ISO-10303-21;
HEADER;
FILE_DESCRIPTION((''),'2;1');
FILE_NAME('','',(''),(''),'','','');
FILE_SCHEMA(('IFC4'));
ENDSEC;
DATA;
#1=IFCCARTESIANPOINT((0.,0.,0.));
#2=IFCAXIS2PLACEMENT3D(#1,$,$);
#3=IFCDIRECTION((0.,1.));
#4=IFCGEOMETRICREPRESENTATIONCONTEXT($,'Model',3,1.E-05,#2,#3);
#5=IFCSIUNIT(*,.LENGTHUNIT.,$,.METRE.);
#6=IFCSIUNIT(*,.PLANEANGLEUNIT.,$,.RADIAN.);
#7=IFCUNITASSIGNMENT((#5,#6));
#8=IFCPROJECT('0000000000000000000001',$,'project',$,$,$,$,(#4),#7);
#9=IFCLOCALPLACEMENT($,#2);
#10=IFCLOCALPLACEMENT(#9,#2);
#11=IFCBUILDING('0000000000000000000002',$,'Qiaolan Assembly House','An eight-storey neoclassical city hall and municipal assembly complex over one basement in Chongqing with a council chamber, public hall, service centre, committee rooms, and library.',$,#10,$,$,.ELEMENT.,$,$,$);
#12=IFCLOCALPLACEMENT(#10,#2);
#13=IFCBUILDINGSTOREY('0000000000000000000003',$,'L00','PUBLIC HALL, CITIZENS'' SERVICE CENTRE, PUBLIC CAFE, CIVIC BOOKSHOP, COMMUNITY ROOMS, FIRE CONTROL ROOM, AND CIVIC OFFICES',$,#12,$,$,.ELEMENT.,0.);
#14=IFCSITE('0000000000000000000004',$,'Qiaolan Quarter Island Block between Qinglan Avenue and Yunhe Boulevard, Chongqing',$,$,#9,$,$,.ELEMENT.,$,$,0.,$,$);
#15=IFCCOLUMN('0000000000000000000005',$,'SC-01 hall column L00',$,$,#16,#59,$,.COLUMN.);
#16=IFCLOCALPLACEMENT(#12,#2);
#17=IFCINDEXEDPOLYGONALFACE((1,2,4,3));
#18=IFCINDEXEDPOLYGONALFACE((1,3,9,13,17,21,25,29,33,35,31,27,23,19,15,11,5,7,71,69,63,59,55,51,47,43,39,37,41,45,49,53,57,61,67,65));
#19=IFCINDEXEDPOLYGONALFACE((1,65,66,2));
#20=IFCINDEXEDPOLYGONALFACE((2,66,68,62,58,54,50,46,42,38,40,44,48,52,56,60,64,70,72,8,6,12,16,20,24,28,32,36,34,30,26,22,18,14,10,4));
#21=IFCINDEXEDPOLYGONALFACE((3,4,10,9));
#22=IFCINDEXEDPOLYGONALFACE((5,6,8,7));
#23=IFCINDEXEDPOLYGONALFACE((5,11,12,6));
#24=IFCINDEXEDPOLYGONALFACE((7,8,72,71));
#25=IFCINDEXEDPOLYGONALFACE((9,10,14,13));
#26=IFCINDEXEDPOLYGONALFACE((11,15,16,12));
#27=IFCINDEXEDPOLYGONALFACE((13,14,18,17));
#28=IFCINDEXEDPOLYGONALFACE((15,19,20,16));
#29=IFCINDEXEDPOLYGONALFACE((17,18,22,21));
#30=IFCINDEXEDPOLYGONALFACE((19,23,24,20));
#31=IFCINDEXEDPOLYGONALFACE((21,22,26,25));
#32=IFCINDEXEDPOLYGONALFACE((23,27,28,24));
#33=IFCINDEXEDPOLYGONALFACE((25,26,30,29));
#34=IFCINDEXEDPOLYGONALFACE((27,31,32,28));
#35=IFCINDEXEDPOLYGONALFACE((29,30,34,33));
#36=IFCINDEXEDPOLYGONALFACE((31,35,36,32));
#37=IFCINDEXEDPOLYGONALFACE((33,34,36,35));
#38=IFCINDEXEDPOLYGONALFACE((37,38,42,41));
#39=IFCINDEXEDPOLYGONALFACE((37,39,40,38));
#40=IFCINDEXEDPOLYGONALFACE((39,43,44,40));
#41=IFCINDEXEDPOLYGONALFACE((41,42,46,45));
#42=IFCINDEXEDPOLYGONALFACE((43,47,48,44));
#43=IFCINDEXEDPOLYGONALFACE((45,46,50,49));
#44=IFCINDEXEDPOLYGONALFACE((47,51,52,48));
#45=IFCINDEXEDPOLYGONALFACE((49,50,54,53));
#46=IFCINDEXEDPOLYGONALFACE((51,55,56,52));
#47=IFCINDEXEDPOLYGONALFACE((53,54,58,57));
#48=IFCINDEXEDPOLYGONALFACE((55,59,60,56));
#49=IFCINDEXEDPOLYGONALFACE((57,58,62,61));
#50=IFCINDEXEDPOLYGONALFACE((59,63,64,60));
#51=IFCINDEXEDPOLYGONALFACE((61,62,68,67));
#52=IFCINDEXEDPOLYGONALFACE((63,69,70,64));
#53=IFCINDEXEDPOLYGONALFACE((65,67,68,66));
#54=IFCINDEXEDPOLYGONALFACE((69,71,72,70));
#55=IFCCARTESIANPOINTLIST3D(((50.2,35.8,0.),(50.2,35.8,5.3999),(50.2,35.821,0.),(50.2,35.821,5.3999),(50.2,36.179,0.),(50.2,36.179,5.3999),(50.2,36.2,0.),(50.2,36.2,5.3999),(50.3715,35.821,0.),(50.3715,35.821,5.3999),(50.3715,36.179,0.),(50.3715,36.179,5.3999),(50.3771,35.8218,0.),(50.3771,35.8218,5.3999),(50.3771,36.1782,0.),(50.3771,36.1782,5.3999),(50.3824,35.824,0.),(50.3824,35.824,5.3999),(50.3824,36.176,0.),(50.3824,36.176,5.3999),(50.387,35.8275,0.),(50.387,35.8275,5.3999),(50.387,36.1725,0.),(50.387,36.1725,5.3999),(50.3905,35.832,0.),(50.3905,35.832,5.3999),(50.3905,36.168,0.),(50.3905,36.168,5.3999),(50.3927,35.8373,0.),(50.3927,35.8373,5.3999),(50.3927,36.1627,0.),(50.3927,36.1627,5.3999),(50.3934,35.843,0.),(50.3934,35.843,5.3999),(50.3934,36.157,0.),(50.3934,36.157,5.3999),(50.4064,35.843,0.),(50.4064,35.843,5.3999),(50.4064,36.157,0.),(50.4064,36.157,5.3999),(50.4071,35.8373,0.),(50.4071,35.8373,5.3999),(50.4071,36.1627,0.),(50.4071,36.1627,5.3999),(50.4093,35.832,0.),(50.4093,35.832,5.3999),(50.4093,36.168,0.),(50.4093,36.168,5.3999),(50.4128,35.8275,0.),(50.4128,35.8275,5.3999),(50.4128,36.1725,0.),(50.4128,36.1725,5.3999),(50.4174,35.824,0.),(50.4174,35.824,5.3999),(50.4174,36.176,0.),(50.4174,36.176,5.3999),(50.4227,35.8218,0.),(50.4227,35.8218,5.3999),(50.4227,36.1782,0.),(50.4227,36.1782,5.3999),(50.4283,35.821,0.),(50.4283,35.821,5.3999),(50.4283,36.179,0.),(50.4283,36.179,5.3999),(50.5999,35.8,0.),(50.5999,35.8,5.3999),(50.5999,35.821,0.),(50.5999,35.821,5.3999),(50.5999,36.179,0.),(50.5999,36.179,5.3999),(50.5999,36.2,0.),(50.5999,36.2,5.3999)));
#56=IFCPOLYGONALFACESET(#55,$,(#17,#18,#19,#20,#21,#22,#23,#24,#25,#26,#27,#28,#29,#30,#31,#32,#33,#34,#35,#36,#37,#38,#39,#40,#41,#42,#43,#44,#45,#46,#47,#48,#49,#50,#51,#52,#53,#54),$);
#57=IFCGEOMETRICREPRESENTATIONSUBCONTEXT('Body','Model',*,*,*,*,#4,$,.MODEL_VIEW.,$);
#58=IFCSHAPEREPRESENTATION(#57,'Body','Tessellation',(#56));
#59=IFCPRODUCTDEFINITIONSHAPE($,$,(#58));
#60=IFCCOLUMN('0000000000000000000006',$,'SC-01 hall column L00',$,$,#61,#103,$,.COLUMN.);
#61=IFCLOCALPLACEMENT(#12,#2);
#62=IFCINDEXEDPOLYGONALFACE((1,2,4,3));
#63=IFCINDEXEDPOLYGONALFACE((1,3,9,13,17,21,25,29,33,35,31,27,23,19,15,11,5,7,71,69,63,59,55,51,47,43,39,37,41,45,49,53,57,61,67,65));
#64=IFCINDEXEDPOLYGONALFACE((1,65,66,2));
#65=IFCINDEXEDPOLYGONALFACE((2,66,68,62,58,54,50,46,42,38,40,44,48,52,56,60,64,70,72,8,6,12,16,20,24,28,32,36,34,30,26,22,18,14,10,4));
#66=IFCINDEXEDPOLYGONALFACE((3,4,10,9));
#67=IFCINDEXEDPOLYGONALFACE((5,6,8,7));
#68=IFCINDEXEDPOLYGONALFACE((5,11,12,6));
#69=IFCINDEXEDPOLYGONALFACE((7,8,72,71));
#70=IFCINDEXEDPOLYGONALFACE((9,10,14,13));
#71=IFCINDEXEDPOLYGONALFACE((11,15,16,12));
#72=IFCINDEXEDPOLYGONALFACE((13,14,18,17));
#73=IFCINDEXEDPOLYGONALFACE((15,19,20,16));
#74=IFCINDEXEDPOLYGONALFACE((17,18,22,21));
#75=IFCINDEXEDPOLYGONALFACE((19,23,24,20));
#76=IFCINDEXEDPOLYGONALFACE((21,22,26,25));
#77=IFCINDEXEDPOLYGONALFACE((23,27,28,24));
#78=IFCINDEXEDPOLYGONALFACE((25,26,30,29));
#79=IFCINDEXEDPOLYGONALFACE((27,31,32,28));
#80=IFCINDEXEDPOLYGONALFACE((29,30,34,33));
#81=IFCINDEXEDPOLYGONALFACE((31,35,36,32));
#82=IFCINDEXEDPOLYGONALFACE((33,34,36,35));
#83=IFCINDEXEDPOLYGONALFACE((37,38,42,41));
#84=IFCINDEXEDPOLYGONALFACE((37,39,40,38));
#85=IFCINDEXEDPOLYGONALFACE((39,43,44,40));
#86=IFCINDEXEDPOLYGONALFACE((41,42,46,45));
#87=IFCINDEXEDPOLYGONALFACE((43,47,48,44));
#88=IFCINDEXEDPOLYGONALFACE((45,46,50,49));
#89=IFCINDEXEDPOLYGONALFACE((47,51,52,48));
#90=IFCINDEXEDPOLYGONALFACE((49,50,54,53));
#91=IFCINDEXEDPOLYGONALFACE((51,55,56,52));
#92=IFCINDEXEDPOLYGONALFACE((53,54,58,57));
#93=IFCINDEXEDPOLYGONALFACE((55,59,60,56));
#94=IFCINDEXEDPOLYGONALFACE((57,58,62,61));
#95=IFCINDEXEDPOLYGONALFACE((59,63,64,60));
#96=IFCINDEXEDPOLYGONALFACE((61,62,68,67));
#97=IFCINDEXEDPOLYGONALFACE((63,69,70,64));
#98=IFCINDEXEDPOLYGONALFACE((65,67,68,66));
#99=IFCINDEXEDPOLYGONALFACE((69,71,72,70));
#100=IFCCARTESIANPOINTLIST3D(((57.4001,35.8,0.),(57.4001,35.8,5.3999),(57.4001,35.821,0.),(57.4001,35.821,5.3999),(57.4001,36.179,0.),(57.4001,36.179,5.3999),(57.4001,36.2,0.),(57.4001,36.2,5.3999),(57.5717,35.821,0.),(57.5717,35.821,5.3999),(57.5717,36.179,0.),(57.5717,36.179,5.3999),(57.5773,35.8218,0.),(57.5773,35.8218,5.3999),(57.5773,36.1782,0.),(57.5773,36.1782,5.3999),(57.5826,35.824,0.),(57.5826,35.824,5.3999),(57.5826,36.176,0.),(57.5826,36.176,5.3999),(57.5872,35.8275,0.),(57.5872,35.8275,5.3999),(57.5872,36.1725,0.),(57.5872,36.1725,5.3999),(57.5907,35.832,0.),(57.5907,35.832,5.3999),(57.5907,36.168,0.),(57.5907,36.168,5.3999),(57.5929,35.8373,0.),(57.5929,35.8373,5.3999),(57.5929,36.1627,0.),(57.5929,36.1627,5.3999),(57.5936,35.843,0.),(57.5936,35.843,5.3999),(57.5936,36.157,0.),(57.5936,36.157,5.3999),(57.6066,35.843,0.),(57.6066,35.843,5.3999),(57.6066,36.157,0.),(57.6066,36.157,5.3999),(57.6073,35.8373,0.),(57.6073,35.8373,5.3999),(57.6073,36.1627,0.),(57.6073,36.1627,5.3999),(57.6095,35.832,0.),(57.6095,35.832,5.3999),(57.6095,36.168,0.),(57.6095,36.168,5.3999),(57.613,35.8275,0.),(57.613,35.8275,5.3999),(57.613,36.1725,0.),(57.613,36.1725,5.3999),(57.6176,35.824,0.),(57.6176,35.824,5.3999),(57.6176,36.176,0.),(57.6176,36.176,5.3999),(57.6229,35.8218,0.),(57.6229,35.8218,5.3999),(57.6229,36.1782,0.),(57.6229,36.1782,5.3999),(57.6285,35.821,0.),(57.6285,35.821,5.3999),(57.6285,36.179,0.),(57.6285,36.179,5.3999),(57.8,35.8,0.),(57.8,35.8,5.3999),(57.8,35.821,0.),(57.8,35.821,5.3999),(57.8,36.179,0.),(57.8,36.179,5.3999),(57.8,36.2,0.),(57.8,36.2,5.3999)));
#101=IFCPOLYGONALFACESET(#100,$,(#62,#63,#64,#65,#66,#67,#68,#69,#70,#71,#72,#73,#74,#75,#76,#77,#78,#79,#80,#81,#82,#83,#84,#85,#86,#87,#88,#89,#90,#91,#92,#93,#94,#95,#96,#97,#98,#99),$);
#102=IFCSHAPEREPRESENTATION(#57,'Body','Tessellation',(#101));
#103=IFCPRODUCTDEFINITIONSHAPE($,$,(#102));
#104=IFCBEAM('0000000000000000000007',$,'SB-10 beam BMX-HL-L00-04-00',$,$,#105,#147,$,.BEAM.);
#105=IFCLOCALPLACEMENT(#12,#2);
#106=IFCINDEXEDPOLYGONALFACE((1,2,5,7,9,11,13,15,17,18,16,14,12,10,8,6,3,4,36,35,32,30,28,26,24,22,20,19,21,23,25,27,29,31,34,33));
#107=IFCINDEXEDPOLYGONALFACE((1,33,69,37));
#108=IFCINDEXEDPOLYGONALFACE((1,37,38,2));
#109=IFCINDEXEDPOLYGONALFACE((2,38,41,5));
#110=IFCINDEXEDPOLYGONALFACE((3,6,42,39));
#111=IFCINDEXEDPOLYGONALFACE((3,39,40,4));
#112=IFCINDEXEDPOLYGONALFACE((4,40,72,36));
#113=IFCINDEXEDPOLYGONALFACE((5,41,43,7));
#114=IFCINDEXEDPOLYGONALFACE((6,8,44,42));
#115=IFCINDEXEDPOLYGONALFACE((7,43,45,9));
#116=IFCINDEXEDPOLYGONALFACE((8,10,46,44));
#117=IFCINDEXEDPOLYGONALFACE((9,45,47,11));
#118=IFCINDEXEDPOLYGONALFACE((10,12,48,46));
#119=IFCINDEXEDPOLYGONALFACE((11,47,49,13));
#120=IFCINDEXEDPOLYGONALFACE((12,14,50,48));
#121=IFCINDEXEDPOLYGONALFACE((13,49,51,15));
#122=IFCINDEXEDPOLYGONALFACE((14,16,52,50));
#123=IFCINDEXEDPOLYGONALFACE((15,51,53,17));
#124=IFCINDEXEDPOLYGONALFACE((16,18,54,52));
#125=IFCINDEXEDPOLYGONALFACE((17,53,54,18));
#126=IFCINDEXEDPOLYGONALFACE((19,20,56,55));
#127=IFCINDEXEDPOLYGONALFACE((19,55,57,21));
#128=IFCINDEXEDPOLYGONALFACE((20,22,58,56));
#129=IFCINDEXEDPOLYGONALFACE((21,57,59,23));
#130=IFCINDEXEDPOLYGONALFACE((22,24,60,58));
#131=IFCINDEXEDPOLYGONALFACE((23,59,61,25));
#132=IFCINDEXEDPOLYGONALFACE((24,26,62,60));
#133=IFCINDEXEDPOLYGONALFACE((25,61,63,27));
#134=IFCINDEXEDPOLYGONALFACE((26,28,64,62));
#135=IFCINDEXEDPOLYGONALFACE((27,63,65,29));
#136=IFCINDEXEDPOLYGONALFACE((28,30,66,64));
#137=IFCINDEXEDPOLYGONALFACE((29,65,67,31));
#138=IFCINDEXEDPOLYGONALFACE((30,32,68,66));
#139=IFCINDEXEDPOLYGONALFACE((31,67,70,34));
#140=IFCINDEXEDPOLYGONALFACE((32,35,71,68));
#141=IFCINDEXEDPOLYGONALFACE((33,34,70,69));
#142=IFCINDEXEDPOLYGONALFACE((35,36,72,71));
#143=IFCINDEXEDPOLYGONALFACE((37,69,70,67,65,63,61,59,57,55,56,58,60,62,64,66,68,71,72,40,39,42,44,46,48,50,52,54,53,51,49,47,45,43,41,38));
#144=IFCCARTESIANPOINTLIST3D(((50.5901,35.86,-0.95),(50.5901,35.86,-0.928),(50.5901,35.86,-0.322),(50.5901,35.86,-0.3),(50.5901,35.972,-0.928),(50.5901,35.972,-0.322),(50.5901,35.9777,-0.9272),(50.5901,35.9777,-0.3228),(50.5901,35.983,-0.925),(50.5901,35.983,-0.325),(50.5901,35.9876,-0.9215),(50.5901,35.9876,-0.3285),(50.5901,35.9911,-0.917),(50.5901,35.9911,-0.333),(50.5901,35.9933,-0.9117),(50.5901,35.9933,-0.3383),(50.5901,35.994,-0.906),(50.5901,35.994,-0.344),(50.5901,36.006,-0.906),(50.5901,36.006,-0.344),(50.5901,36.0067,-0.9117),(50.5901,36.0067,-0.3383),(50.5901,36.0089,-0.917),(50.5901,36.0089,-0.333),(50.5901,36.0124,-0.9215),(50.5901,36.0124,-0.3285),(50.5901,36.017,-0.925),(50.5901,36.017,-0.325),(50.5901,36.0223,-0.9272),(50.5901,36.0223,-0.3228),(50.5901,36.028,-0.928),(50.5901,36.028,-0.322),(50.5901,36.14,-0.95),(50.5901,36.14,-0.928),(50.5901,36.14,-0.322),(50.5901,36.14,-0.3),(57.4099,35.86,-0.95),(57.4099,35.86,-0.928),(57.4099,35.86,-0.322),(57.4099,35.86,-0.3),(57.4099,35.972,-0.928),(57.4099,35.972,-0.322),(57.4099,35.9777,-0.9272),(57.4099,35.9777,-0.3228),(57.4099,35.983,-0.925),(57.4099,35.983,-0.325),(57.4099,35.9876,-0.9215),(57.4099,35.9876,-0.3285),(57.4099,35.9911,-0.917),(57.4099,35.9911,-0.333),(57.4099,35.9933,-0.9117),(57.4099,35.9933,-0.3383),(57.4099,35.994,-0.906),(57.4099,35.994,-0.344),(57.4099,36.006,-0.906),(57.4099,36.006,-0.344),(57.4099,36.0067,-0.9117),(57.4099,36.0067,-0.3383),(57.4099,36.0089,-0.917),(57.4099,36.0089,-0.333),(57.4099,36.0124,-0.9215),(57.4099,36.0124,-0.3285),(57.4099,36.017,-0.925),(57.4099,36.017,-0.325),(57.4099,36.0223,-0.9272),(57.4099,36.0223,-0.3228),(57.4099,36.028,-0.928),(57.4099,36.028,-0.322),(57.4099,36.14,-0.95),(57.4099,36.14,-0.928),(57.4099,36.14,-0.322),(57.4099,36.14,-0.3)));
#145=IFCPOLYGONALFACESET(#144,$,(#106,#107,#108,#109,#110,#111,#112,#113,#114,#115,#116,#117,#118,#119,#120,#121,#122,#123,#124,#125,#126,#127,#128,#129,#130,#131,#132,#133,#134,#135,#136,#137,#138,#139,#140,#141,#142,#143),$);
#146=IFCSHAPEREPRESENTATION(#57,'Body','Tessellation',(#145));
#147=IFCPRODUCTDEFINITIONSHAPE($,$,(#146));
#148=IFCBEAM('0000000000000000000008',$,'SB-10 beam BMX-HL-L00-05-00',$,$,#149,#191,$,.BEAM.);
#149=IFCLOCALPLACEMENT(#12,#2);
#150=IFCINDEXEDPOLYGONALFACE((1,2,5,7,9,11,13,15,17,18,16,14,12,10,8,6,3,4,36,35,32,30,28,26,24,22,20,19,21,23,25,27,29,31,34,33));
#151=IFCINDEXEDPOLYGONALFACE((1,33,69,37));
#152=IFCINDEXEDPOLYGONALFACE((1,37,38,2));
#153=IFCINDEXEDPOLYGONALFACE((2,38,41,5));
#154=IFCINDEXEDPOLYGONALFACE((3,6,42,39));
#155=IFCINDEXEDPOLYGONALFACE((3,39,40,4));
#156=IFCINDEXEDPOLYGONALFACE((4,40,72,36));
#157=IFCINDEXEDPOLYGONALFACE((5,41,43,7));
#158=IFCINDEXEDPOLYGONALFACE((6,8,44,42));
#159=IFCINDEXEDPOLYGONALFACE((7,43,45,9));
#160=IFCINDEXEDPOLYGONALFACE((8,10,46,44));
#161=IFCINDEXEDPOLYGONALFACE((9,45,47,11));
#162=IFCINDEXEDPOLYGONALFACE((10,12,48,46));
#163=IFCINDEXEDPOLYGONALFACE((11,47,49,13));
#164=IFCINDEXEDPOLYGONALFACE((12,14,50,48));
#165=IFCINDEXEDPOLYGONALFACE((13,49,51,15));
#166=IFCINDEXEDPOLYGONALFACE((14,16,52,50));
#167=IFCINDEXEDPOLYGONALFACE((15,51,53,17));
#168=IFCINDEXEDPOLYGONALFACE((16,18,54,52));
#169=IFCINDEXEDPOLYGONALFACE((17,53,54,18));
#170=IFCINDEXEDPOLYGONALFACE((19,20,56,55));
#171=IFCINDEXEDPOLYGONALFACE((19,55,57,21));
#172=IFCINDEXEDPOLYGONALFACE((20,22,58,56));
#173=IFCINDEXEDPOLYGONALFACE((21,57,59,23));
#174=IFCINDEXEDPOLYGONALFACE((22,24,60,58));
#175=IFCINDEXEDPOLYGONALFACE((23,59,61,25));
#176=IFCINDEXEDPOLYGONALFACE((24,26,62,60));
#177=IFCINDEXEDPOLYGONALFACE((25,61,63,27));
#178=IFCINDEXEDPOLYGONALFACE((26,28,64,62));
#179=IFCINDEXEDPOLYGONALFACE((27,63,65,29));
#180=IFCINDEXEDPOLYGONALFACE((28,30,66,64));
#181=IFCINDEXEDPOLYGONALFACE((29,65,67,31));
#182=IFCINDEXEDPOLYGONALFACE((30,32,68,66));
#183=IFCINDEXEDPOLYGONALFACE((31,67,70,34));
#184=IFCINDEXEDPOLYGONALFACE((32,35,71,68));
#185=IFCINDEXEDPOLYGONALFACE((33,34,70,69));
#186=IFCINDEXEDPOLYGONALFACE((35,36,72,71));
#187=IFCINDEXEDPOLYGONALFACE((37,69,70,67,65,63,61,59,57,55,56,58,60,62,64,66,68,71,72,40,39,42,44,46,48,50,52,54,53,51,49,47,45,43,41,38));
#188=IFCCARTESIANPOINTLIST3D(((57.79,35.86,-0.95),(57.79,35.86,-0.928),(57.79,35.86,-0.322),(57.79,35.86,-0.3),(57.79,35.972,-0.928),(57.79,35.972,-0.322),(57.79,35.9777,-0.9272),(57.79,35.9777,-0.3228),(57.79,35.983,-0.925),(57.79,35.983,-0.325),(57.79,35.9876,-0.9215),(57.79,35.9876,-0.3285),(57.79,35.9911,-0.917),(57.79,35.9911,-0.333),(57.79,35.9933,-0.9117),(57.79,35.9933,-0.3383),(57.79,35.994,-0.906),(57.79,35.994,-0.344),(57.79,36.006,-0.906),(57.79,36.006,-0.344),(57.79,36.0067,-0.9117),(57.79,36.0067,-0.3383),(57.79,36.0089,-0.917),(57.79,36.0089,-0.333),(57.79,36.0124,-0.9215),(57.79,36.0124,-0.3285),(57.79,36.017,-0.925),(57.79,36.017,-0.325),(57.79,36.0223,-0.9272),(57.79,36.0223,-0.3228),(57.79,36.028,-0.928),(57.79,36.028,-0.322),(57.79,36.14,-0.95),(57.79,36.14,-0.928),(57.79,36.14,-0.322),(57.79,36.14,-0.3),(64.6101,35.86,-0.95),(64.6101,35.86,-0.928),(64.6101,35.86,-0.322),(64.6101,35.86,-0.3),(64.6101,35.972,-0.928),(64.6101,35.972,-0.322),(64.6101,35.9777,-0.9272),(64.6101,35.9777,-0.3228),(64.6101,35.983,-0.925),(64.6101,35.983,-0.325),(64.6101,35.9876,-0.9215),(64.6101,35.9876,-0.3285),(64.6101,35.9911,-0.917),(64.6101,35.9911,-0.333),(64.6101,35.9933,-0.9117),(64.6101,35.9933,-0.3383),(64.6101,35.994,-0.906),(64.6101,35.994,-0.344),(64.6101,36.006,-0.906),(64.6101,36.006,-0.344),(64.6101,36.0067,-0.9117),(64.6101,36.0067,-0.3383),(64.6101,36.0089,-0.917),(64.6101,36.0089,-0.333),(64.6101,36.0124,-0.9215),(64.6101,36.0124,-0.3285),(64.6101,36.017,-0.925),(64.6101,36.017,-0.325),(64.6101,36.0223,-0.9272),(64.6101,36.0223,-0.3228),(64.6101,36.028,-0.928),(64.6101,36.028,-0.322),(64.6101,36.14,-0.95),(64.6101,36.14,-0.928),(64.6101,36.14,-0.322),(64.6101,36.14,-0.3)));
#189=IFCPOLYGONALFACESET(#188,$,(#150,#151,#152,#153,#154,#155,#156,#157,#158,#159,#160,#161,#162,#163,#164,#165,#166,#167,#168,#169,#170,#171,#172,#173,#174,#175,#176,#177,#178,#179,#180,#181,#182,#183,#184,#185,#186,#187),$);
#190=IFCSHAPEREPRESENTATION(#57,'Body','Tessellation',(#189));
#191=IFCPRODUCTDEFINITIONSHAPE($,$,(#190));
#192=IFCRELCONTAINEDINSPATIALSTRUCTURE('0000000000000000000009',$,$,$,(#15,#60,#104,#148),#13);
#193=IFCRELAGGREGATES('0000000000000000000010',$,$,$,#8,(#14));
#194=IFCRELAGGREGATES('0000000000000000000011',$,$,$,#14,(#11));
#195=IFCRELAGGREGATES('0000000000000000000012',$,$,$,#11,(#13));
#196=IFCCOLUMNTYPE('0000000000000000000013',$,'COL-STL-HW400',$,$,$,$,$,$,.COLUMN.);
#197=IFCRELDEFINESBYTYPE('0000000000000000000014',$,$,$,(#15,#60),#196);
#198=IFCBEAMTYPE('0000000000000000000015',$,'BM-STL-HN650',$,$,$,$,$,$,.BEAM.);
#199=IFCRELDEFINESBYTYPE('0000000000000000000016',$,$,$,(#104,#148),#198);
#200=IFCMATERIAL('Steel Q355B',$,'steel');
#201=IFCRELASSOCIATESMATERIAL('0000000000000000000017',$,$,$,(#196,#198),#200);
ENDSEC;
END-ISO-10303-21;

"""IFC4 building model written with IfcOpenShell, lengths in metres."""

from ifc_helpers import new_model, si_unit, direction, frame, origin, origin_2d, place, context, subcontext, project, spatial, i_section, extrude, material, material_profile, profile_set, type_object, element, save


model = new_model("IFC4")

# Units and contexts
model_context = context("Model", 3, precision=1e-05, world=origin(), true_north=direction((0.0, 1.0)))
body_context = subcontext(model_context, "Body", "Model", "MODEL_VIEW")
ifc_project = project(units=[si_unit("LENGTHUNIT", "METRE"), si_unit("PLANEANGLEUNIT", "RADIAN")], contexts=[model_context])

# Site, building, storey
site_placement = place(None, origin())
site = spatial("IfcSite", under=ifc_project, at=site_placement, Name="Qiaolan Quarter Island Block between Qinglan Avenue and Yunhe Boulevard, Chongqing", CompositionType="ELEMENT", RefElevation=0.0)
building_placement = place(site_placement, origin())
building = spatial("IfcBuilding", under=site, at=building_placement, Name="Qiaolan Assembly House", Description="An eight-storey neoclassical city hall and municipal assembly complex over one basement in Chongqing with a council chamber, public hall, service centre, committee rooms, and library.", CompositionType="ELEMENT")
storey_placement = place(building_placement, origin())
storey = spatial("IfcBuildingStorey", under=building, at=storey_placement, Name="L00", Description="PUBLIC HALL, CITIZENS' SERVICE CENTRE, PUBLIC CAFE, CIVIC BOOKSHOP, COMMUNITY ROOMS, FIRE CONTROL ROOM, AND CIVIC OFFICES", CompositionType="ELEMENT", Elevation=0.0)

# Columns
ifc_material_1 = material(Name="Steel Q355B", Category="steel")
ifc_material_profile_1 = material_profile(ifc_material_1, i_section(OverallWidth=0.3999, OverallDepth=0.3999, WebThickness=0.0129, FlangeThickness=0.021, FilletRadius=0.022, at=origin_2d()), Name="HW 400x400x13x21")
ifc_profile_set_1 = profile_set([ifc_material_profile_1], Name="Steel Q355B")
column_type = type_object("IfcColumnType", Name="COL-STL-HW400", PredefinedType="COLUMN", material=ifc_profile_set_1)
for number, where, z_axis, x_axis, name in (
    (1, (50.3999, 36.0, 0.0), (0.0, 0.0, 1.0), (1.0, 0.0, 0.0), "SC-01 hall column L00"),
    (2, (57.6001, 36.0, 0.0), (0.0, 0.0, 1.0), (1.0, 0.0, 0.0), "SC-01 hall column L00"),
):
    element("IfcColumn", number, at=place(storey_placement, frame(where, z_axis=z_axis, x_axis=x_axis)), inside=storey, type_object=column_type, Name=name, PredefinedType="COLUMN", context=body_context, shape_type="SweptSolid", body=[
        extrude(i_section(OverallWidth=0.3999, OverallDepth=0.3999, WebThickness=0.0129, FlangeThickness=0.021, FilletRadius=0.022, at=origin_2d()), origin(), (0.0, 0.0, 1.0), 5.3999),
    ])

# Beams
ifc_material_profile_2 = material_profile(ifc_material_1, i_section(OverallWidth=0.28, OverallDepth=0.6499, WebThickness=0.012, FlangeThickness=0.022, FilletRadius=0.022, at=origin_2d()), Name="HN 650x280x12x22")
ifc_profile_set_2 = profile_set([ifc_material_profile_2], Name="Steel Q355B")
beam_type = type_object("IfcBeamType", Name="BM-STL-HN650", PredefinedType="BEAM", material=ifc_profile_set_2)
beam_1_placement = place(storey_placement, frame((50.5901, 36.0, -0.625), z_axis=(1.0, 0.0, 0.0), x_axis=(0.0, 1.0, 0.0)))
element("IfcBeam", 3, at=beam_1_placement, inside=storey, type_object=beam_type, Name="SB-10 beam BMX-HL-L00-04-00", PredefinedType="BEAM", context=body_context, shape_type="SweptSolid", body=[
    extrude(i_section(OverallWidth=0.28, OverallDepth=0.6499, WebThickness=0.012, FlangeThickness=0.022, FilletRadius=0.022, at=origin_2d()), origin(), (0.0, 0.0, 1.0), 6.8198),
])
beam_2_placement = place(storey_placement, frame((57.79, 36.0, -0.625), z_axis=(1.0, 0.0, 0.0), x_axis=(0.0, 1.0, 0.0)))
element("IfcBeam", 4, at=beam_2_placement, inside=storey, type_object=beam_type, Name="SB-10 beam BMX-HL-L00-05-00", PredefinedType="BEAM", context=body_context, shape_type="SweptSolid", body=[
    extrude(i_section(OverallWidth=0.28, OverallDepth=0.6499, WebThickness=0.012, FlangeThickness=0.022, FilletRadius=0.022, at=origin_2d()), origin(), (0.0, 0.0, 1.0), 6.8201),
])

save(model, "model.ifc")
